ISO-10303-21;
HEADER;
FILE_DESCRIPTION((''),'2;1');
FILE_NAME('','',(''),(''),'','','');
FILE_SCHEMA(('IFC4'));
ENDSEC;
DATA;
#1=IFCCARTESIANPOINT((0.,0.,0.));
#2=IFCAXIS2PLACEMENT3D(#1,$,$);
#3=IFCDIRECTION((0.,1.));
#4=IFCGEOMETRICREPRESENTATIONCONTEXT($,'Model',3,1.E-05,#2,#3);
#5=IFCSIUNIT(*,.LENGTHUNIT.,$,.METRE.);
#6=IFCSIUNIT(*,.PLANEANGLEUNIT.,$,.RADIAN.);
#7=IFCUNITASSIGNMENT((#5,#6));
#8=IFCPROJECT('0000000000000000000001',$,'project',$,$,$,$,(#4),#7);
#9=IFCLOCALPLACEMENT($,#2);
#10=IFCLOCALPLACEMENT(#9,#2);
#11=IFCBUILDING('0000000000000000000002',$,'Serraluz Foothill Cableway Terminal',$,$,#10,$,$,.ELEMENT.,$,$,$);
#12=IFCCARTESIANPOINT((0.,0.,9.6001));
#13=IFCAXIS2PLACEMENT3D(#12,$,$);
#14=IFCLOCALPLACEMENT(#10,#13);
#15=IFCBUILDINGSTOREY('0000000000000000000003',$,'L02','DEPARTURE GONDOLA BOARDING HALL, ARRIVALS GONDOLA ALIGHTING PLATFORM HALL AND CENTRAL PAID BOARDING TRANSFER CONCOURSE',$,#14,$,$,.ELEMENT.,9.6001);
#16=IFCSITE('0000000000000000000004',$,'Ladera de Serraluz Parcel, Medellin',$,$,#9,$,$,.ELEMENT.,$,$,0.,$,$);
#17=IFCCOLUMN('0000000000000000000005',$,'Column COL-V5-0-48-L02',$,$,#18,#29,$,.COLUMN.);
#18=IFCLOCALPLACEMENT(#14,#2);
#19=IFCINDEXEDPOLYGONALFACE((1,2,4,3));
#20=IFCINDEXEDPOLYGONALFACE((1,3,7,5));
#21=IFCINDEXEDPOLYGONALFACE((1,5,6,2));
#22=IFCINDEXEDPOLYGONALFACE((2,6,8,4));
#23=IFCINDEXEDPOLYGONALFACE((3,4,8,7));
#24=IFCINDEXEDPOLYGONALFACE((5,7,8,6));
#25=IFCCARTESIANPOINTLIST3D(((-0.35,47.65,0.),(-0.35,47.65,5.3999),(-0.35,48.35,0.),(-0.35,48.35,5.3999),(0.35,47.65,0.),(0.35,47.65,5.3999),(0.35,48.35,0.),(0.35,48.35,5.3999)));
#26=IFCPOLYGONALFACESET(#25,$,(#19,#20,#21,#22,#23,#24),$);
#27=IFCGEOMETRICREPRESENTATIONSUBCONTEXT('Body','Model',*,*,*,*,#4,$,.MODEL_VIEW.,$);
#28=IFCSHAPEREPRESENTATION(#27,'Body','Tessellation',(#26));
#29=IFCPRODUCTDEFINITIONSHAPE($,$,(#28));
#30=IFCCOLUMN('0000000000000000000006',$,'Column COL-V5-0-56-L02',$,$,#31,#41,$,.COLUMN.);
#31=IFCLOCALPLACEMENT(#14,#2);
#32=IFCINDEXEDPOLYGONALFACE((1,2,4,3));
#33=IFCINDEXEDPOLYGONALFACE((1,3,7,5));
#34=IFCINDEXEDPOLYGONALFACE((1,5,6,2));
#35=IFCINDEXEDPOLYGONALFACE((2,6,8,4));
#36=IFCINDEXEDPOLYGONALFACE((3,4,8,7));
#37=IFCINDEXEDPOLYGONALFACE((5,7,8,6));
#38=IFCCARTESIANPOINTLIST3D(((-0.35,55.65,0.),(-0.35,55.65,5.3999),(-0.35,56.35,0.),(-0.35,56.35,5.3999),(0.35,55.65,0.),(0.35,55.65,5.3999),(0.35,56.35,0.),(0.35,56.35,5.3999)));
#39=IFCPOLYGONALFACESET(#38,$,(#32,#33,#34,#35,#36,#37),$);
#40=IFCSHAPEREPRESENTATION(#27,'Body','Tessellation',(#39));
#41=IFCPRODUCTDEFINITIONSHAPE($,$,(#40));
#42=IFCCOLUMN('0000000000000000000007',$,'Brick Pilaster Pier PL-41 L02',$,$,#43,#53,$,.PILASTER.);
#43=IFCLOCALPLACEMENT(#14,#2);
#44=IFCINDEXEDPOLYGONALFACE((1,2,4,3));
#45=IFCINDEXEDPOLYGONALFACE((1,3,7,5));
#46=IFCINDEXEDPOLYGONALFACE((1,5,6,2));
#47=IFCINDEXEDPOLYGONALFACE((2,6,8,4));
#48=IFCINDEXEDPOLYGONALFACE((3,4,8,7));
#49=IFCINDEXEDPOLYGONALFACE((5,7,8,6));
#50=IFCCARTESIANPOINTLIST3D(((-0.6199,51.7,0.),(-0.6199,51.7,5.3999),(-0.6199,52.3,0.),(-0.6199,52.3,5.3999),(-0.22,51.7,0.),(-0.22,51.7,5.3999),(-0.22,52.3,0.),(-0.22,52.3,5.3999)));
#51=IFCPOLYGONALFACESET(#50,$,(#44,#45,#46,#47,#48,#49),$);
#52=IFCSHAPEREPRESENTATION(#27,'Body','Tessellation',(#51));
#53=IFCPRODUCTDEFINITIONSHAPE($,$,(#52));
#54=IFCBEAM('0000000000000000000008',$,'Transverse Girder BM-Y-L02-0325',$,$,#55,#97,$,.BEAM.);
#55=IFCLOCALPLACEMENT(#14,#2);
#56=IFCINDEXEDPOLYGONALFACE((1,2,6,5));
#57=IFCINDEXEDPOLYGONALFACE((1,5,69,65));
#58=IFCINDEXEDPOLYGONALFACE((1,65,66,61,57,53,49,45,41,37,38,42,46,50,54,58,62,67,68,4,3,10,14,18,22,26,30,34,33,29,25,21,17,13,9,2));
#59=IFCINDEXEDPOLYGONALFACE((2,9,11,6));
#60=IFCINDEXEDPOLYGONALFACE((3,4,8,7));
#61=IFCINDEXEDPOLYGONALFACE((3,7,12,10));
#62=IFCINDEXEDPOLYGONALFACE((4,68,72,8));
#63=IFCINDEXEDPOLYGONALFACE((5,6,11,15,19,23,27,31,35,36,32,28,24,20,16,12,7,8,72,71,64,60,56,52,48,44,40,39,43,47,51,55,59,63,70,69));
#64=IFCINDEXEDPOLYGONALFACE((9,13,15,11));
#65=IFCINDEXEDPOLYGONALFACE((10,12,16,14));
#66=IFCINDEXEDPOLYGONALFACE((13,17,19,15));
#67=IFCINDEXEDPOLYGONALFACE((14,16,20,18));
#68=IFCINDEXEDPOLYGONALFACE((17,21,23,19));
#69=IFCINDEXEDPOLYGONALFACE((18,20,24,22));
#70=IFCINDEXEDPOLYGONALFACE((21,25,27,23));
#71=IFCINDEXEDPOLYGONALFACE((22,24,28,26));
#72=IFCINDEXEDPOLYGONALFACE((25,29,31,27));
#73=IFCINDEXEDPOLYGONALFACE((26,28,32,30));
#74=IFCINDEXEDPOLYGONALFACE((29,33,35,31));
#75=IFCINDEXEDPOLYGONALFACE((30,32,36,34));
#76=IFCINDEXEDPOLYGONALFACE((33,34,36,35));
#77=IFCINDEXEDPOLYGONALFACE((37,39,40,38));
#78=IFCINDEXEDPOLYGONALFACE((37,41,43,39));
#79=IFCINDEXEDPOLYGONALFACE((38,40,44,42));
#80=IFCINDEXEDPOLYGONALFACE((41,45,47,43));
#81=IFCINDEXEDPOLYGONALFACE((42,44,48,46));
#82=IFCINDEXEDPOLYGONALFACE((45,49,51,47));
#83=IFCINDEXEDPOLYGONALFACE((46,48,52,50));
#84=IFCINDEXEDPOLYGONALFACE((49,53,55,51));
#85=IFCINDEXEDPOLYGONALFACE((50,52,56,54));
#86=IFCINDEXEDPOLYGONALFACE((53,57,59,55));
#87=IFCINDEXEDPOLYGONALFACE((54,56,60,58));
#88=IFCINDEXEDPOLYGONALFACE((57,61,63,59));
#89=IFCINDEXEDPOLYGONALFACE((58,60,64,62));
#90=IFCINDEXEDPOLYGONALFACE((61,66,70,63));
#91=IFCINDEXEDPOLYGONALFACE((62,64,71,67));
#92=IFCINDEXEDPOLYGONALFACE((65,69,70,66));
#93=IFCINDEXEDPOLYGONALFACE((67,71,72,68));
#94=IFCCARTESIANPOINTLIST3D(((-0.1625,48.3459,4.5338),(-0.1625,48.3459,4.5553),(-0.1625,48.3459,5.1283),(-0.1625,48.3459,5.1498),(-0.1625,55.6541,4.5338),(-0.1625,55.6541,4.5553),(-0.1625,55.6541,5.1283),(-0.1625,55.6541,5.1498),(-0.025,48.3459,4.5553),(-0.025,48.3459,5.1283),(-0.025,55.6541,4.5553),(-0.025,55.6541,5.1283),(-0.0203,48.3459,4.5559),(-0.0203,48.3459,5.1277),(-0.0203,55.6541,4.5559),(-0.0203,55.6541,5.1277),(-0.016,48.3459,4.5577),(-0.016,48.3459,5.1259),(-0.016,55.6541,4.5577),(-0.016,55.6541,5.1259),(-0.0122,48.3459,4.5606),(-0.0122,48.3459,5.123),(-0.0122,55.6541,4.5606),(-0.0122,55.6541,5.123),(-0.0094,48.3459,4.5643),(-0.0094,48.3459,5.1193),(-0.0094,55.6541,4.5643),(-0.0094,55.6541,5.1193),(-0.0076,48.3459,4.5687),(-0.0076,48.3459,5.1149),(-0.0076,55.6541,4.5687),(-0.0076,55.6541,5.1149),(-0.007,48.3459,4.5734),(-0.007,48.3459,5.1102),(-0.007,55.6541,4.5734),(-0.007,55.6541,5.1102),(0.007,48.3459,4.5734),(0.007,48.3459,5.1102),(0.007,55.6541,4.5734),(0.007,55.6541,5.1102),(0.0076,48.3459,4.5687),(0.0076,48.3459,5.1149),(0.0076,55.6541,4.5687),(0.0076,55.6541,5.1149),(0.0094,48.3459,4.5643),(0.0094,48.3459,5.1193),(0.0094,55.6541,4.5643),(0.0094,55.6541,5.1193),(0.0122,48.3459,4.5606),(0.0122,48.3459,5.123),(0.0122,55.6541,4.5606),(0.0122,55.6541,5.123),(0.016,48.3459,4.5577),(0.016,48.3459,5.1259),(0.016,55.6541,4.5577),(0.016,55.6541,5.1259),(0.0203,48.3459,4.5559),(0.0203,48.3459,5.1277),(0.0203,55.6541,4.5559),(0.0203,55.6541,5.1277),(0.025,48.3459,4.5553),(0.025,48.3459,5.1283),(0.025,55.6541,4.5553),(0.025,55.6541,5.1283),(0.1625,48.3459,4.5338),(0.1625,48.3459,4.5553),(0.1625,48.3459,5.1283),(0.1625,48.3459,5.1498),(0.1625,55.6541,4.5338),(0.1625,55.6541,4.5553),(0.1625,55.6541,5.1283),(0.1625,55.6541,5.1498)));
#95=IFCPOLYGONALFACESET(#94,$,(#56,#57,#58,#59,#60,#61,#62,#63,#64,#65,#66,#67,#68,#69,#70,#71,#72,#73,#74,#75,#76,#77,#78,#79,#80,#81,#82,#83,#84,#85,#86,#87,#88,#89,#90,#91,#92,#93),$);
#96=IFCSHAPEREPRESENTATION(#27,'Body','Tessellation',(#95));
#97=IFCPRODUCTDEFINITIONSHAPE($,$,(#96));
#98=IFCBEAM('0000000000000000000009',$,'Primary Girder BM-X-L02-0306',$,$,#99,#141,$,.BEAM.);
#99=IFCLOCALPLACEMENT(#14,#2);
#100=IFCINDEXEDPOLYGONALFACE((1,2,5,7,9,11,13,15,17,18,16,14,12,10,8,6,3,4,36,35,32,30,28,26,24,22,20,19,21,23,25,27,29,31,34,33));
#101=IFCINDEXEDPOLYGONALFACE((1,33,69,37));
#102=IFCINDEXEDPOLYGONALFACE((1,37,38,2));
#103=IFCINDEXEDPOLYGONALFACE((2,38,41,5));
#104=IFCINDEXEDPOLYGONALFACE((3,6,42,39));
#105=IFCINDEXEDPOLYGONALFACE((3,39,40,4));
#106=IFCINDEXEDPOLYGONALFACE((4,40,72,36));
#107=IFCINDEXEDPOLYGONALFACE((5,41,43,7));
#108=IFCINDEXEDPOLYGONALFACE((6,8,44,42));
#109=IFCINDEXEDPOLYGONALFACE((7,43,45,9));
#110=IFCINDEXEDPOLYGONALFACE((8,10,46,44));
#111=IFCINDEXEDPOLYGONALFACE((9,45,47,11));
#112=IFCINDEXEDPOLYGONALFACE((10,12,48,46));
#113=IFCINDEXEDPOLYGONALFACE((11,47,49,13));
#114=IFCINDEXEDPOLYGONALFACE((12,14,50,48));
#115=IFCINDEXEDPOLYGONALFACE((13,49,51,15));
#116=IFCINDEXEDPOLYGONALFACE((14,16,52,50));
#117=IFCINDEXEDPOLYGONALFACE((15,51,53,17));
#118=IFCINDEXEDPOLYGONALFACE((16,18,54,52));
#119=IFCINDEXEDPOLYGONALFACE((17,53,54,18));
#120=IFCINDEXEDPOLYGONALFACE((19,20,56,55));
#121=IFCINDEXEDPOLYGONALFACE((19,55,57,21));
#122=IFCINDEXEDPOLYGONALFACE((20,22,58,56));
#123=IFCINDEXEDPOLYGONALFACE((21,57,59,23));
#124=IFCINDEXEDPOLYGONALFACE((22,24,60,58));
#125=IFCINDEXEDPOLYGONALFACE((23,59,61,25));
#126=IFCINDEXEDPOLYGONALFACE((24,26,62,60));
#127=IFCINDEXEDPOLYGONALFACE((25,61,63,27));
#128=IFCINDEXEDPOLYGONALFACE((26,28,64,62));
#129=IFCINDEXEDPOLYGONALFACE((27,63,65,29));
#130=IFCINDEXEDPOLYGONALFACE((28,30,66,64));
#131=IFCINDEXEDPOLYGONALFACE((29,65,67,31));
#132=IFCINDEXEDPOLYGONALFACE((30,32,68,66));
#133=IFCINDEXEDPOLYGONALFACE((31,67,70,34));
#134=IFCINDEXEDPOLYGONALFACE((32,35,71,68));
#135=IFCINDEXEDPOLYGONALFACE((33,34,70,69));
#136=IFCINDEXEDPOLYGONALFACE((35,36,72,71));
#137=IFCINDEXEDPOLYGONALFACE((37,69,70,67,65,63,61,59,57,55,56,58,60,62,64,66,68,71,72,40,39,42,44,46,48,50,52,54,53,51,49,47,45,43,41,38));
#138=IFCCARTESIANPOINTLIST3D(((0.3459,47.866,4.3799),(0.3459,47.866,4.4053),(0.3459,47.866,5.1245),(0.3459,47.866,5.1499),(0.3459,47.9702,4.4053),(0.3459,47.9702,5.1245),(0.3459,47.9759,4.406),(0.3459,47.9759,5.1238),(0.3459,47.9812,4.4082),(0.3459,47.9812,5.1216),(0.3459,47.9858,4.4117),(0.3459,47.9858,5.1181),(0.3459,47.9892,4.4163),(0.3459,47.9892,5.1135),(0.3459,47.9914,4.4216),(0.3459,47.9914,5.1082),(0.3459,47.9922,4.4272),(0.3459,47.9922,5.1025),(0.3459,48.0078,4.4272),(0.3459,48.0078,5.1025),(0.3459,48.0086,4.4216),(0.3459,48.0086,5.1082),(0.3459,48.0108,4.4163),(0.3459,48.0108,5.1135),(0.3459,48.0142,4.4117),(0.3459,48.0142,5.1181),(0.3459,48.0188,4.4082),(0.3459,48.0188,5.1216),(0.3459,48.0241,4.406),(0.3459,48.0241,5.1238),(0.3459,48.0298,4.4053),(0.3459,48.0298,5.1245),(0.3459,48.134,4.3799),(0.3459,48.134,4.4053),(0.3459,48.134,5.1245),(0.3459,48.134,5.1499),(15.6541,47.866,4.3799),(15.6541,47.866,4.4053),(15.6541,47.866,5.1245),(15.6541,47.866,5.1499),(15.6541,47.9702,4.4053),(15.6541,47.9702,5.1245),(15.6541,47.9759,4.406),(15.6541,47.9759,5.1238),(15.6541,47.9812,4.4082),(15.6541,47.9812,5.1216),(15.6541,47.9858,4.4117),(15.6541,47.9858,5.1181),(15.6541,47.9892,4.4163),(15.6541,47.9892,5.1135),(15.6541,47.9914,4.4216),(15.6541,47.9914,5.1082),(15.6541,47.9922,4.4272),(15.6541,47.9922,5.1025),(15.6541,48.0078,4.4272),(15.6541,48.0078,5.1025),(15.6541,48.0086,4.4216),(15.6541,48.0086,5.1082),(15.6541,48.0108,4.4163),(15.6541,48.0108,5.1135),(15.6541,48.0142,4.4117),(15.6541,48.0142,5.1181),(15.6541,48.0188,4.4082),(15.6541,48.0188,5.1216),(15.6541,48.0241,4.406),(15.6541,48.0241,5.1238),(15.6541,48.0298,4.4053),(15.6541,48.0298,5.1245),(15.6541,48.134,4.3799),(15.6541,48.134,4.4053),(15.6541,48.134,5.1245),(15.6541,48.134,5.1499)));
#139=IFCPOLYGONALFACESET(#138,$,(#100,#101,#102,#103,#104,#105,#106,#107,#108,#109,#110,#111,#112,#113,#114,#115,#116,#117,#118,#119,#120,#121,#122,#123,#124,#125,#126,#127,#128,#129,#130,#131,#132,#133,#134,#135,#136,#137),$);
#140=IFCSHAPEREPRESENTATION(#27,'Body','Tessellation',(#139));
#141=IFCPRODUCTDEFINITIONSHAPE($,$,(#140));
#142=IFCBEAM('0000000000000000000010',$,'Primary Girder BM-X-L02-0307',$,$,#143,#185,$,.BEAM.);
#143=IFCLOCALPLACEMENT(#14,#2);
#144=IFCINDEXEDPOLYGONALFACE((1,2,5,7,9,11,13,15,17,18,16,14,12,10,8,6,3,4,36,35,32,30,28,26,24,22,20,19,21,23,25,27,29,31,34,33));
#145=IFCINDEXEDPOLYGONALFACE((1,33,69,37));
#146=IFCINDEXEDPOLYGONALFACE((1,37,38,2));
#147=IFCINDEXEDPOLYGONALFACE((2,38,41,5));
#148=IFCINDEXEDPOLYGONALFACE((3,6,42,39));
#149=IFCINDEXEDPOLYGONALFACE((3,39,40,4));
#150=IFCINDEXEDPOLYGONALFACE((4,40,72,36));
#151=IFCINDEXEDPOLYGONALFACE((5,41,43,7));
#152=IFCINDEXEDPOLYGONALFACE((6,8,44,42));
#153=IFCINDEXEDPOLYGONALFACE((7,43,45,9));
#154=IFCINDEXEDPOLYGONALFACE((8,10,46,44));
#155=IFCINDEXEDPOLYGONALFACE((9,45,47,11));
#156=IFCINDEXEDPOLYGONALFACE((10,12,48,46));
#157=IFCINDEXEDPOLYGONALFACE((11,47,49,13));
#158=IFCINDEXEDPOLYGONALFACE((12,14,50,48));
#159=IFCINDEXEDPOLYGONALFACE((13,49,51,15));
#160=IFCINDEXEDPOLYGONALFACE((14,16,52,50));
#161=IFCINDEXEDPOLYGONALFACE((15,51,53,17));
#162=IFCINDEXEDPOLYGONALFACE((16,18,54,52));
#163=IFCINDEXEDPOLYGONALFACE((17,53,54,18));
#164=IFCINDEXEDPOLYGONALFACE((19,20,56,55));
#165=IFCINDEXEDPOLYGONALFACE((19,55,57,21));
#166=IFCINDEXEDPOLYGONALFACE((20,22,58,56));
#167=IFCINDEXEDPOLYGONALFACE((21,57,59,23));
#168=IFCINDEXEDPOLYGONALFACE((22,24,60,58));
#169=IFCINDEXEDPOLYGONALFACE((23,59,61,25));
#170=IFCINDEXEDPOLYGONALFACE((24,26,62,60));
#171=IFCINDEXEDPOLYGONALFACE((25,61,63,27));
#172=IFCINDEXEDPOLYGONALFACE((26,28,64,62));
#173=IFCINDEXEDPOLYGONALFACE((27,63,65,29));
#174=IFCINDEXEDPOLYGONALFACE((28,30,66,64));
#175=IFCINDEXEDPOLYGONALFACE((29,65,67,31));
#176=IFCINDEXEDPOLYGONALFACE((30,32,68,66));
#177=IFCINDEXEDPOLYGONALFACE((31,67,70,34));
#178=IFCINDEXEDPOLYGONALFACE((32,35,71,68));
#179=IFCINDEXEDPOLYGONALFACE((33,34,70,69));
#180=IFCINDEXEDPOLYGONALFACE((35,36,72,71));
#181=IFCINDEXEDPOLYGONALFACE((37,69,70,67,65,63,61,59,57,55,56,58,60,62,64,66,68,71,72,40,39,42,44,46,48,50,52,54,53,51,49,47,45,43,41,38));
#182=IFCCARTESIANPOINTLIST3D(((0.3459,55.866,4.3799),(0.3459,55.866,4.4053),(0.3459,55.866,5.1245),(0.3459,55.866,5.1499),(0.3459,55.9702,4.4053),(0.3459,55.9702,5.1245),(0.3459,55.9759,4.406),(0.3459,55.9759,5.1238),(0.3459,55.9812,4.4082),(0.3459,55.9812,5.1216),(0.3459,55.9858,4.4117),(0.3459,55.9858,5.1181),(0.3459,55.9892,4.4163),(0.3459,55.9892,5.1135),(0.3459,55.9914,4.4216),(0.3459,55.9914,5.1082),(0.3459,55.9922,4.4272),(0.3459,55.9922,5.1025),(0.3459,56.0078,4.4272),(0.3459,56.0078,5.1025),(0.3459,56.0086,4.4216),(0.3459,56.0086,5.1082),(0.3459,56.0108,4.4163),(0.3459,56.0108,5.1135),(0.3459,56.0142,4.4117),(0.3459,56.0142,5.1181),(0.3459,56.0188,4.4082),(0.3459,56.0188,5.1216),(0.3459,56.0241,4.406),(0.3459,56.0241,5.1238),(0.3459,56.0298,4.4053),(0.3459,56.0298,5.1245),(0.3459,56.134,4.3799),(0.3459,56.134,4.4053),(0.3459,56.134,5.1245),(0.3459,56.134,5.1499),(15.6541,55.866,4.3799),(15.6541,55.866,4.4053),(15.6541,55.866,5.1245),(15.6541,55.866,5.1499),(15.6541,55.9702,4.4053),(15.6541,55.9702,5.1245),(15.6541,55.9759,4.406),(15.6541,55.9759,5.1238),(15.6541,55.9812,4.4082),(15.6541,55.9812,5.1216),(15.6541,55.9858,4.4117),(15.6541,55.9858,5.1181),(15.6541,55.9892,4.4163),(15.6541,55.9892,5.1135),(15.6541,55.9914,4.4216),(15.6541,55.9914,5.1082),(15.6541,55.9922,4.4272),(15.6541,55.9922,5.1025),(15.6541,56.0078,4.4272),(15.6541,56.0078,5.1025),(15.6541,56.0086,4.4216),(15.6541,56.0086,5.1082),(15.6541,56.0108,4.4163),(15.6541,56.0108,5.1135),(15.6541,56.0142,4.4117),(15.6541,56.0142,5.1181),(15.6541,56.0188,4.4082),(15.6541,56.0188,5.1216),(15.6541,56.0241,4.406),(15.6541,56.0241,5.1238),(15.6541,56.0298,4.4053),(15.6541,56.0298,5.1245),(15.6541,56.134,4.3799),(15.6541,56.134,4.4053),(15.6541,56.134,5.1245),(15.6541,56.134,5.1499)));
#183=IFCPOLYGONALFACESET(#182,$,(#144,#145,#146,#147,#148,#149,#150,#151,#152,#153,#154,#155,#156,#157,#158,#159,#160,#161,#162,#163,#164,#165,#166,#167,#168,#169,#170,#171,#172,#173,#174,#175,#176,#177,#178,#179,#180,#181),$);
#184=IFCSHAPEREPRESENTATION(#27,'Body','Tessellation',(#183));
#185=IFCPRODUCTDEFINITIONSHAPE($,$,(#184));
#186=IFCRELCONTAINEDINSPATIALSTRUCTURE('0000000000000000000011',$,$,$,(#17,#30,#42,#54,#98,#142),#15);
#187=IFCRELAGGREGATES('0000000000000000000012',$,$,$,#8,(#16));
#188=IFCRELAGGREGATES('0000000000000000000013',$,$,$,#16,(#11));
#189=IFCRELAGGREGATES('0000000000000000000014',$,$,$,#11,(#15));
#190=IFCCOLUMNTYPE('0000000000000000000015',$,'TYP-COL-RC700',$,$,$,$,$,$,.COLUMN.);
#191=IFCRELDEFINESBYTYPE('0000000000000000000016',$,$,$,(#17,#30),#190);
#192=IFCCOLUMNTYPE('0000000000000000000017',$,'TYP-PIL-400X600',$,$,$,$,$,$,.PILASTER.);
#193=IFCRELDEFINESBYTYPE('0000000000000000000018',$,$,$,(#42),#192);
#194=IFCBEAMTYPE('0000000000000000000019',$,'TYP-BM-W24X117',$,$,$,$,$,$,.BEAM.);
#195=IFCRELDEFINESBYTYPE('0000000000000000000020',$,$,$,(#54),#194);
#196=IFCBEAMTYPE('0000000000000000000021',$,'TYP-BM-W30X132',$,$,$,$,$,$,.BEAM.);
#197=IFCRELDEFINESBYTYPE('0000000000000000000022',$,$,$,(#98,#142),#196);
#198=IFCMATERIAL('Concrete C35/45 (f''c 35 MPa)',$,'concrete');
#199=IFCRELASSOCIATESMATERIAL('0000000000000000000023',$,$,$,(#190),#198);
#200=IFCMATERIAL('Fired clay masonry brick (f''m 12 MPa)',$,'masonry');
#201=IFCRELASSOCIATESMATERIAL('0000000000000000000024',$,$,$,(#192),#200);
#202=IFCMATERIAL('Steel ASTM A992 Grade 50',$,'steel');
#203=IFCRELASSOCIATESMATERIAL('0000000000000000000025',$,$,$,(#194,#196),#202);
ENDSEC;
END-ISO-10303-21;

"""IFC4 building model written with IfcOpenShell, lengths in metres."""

from ifc_helpers import new_model, si_unit, direction, frame, origin, origin_2d, place, context, subcontext, project, spatial, rectangle, i_section, extrude, material, material_profile, profile_set, type_object, element, save


model = new_model("IFC4")

# Units and contexts
model_context = context("Model", 3, precision=1e-05, world=origin(), true_north=direction((0.0, 1.0)))
body_context = subcontext(model_context, "Body", "Model", "MODEL_VIEW")
ifc_project = project(units=[si_unit("LENGTHUNIT", "METRE"), si_unit("PLANEANGLEUNIT", "RADIAN")], contexts=[model_context])

# Site, building, storey
site_placement = place(None, origin())
site = spatial("IfcSite", under=ifc_project, at=site_placement, Name="Ladera de Serraluz Parcel, Medellin", CompositionType="ELEMENT", RefElevation=0.0)
building_placement = place(site_placement, origin())
building = spatial("IfcBuilding", under=site, at=building_placement, Name="Serraluz Foothill Cableway Terminal", CompositionType="ELEMENT")
storey_placement = place(building_placement, frame((0.0, 0.0, 9.6001)))
storey = spatial("IfcBuildingStorey", under=building, at=storey_placement, Name="L02", Description="DEPARTURE GONDOLA BOARDING HALL, ARRIVALS GONDOLA ALIGHTING PLATFORM HALL AND CENTRAL PAID BOARDING TRANSFER CONCOURSE", CompositionType="ELEMENT", Elevation=9.6001)

# Columns
ifc_material_1 = material(Name="Concrete C35/45 (f'c 35 MPa)", Category="concrete")
ifc_material_profile_1 = material_profile(ifc_material_1, rectangle(XDim=0.7, YDim=0.7, at=origin_2d()), Name="RC 700x700")
ifc_profile_set_1 = profile_set([ifc_material_profile_1], Name="Concrete C35/45 (f'c 35 MPa)")
column_type_1 = type_object("IfcColumnType", Name="TYP-COL-RC700", PredefinedType="COLUMN", material=ifc_profile_set_1)
for number, where, z_axis, x_axis, name in (
    (1, (0.0, 48.0, 0.0), (0.0, 0.0, 1.0), (1.0, 0.0, 0.0), "Column COL-V5-0-48-L02"),
    (2, (0.0, 56.0, 0.0), (0.0, 0.0, 1.0), (1.0, 0.0, 0.0), "Column COL-V5-0-56-L02"),
):
    element("IfcColumn", number, at=place(storey_placement, frame(where, z_axis=z_axis, x_axis=x_axis)), inside=storey, type_object=column_type_1, Name=name, PredefinedType="COLUMN", context=body_context, shape_type="SweptSolid", body=[
        extrude(rectangle(XDim=0.7, YDim=0.7, at=origin_2d()), origin(), (0.0, 0.0, 1.0), 5.3999),
    ])
ifc_material_2 = material(Name="Fired clay masonry brick (f'm 12 MPa)", Category="masonry")
ifc_material_profile_2 = material_profile(ifc_material_2, rectangle(XDim=0.3999, YDim=0.6001, at=origin_2d()), Name="PIL 400x600")
ifc_profile_set_2 = profile_set([ifc_material_profile_2], Name="Fired clay masonry brick (f'm 12 MPa)")
column_type_2 = type_object("IfcColumnType", Name="TYP-PIL-400X600", PredefinedType="PILASTER", material=ifc_profile_set_2)
column_placement = place(storey_placement, frame((-0.4199, 52.0, 0.0), z_axis=(0.0, 0.0, 1.0), x_axis=(1.0, 0.0, 0.0)))
element("IfcColumn", 3, at=column_placement, inside=storey, type_object=column_type_2, Name="Brick Pilaster Pier PL-41 L02", PredefinedType="PILASTER", context=body_context, shape_type="SweptSolid", body=[
    extrude(rectangle(XDim=0.3999, YDim=0.6001, at=origin_2d()), origin(), (0.0, 0.0, 1.0), 5.3999),
])

# Beams
ifc_material_3 = material(Name="Steel ASTM A992 Grade 50", Category="steel")
ifc_material_profile_3 = material_profile(ifc_material_3, i_section(OverallWidth=0.325, OverallDepth=0.616, WebThickness=0.0139, FlangeThickness=0.0215, FilletRadius=0.0181, at=origin_2d()), Name="W24X117")
ifc_profile_set_3 = profile_set([ifc_material_profile_3], Name="Steel ASTM A992 Grade 50")
beam_type_1 = type_object("IfcBeamType", Name="TYP-BM-W24X117", PredefinedType="BEAM", material=ifc_profile_set_3)
beam_placement = place(storey_placement, frame((0.0, 48.3459, 4.8418), z_axis=(0.0, 1.0, 0.0), x_axis=(-1.0, 0.0, 0.0)))
element("IfcBeam", 4, at=beam_placement, inside=storey, type_object=beam_type_1, Name="Transverse Girder BM-Y-L02-0325", PredefinedType="BEAM", context=body_context, shape_type="SweptSolid", body=[
    extrude(i_section(OverallWidth=0.325, OverallDepth=0.616, WebThickness=0.0139, FlangeThickness=0.0215, FilletRadius=0.0181, at=origin_2d()), origin(), (0.0, 0.0, 1.0), 7.3081),
])
ifc_material_profile_4 = material_profile(ifc_material_3, i_section(OverallWidth=0.2681, OverallDepth=0.77, WebThickness=0.0156, FlangeThickness=0.0254, FilletRadius=0.022, at=origin_2d()), Name="W30X132")
ifc_profile_set_4 = profile_set([ifc_material_profile_4], Name="Steel ASTM A992 Grade 50")
beam_type_2 = type_object("IfcBeamType", Name="TYP-BM-W30X132", PredefinedType="BEAM", material=ifc_profile_set_4)
for number, where, z_axis, x_axis, name in (
    (5, (0.3459, 48.0, 4.7649), (1.0, 0.0, 0.0), (0.0, 1.0, 0.0), "Primary Girder BM-X-L02-0306"),
    (6, (0.3459, 56.0, 4.7649), (1.0, 0.0, 0.0), (0.0, 1.0, 0.0), "Primary Girder BM-X-L02-0307"),
):
    element("IfcBeam", number, at=place(storey_placement, frame(where, z_axis=z_axis, x_axis=x_axis)), inside=storey, type_object=beam_type_2, Name=name, PredefinedType="BEAM", context=body_context, shape_type="SweptSolid", body=[
        extrude(i_section(OverallWidth=0.2681, OverallDepth=0.77, WebThickness=0.0156, FlangeThickness=0.0254, FilletRadius=0.022, at=origin_2d()), origin(), (0.0, 0.0, 1.0), 15.3081),
    ])

save(model, "model.ifc")
